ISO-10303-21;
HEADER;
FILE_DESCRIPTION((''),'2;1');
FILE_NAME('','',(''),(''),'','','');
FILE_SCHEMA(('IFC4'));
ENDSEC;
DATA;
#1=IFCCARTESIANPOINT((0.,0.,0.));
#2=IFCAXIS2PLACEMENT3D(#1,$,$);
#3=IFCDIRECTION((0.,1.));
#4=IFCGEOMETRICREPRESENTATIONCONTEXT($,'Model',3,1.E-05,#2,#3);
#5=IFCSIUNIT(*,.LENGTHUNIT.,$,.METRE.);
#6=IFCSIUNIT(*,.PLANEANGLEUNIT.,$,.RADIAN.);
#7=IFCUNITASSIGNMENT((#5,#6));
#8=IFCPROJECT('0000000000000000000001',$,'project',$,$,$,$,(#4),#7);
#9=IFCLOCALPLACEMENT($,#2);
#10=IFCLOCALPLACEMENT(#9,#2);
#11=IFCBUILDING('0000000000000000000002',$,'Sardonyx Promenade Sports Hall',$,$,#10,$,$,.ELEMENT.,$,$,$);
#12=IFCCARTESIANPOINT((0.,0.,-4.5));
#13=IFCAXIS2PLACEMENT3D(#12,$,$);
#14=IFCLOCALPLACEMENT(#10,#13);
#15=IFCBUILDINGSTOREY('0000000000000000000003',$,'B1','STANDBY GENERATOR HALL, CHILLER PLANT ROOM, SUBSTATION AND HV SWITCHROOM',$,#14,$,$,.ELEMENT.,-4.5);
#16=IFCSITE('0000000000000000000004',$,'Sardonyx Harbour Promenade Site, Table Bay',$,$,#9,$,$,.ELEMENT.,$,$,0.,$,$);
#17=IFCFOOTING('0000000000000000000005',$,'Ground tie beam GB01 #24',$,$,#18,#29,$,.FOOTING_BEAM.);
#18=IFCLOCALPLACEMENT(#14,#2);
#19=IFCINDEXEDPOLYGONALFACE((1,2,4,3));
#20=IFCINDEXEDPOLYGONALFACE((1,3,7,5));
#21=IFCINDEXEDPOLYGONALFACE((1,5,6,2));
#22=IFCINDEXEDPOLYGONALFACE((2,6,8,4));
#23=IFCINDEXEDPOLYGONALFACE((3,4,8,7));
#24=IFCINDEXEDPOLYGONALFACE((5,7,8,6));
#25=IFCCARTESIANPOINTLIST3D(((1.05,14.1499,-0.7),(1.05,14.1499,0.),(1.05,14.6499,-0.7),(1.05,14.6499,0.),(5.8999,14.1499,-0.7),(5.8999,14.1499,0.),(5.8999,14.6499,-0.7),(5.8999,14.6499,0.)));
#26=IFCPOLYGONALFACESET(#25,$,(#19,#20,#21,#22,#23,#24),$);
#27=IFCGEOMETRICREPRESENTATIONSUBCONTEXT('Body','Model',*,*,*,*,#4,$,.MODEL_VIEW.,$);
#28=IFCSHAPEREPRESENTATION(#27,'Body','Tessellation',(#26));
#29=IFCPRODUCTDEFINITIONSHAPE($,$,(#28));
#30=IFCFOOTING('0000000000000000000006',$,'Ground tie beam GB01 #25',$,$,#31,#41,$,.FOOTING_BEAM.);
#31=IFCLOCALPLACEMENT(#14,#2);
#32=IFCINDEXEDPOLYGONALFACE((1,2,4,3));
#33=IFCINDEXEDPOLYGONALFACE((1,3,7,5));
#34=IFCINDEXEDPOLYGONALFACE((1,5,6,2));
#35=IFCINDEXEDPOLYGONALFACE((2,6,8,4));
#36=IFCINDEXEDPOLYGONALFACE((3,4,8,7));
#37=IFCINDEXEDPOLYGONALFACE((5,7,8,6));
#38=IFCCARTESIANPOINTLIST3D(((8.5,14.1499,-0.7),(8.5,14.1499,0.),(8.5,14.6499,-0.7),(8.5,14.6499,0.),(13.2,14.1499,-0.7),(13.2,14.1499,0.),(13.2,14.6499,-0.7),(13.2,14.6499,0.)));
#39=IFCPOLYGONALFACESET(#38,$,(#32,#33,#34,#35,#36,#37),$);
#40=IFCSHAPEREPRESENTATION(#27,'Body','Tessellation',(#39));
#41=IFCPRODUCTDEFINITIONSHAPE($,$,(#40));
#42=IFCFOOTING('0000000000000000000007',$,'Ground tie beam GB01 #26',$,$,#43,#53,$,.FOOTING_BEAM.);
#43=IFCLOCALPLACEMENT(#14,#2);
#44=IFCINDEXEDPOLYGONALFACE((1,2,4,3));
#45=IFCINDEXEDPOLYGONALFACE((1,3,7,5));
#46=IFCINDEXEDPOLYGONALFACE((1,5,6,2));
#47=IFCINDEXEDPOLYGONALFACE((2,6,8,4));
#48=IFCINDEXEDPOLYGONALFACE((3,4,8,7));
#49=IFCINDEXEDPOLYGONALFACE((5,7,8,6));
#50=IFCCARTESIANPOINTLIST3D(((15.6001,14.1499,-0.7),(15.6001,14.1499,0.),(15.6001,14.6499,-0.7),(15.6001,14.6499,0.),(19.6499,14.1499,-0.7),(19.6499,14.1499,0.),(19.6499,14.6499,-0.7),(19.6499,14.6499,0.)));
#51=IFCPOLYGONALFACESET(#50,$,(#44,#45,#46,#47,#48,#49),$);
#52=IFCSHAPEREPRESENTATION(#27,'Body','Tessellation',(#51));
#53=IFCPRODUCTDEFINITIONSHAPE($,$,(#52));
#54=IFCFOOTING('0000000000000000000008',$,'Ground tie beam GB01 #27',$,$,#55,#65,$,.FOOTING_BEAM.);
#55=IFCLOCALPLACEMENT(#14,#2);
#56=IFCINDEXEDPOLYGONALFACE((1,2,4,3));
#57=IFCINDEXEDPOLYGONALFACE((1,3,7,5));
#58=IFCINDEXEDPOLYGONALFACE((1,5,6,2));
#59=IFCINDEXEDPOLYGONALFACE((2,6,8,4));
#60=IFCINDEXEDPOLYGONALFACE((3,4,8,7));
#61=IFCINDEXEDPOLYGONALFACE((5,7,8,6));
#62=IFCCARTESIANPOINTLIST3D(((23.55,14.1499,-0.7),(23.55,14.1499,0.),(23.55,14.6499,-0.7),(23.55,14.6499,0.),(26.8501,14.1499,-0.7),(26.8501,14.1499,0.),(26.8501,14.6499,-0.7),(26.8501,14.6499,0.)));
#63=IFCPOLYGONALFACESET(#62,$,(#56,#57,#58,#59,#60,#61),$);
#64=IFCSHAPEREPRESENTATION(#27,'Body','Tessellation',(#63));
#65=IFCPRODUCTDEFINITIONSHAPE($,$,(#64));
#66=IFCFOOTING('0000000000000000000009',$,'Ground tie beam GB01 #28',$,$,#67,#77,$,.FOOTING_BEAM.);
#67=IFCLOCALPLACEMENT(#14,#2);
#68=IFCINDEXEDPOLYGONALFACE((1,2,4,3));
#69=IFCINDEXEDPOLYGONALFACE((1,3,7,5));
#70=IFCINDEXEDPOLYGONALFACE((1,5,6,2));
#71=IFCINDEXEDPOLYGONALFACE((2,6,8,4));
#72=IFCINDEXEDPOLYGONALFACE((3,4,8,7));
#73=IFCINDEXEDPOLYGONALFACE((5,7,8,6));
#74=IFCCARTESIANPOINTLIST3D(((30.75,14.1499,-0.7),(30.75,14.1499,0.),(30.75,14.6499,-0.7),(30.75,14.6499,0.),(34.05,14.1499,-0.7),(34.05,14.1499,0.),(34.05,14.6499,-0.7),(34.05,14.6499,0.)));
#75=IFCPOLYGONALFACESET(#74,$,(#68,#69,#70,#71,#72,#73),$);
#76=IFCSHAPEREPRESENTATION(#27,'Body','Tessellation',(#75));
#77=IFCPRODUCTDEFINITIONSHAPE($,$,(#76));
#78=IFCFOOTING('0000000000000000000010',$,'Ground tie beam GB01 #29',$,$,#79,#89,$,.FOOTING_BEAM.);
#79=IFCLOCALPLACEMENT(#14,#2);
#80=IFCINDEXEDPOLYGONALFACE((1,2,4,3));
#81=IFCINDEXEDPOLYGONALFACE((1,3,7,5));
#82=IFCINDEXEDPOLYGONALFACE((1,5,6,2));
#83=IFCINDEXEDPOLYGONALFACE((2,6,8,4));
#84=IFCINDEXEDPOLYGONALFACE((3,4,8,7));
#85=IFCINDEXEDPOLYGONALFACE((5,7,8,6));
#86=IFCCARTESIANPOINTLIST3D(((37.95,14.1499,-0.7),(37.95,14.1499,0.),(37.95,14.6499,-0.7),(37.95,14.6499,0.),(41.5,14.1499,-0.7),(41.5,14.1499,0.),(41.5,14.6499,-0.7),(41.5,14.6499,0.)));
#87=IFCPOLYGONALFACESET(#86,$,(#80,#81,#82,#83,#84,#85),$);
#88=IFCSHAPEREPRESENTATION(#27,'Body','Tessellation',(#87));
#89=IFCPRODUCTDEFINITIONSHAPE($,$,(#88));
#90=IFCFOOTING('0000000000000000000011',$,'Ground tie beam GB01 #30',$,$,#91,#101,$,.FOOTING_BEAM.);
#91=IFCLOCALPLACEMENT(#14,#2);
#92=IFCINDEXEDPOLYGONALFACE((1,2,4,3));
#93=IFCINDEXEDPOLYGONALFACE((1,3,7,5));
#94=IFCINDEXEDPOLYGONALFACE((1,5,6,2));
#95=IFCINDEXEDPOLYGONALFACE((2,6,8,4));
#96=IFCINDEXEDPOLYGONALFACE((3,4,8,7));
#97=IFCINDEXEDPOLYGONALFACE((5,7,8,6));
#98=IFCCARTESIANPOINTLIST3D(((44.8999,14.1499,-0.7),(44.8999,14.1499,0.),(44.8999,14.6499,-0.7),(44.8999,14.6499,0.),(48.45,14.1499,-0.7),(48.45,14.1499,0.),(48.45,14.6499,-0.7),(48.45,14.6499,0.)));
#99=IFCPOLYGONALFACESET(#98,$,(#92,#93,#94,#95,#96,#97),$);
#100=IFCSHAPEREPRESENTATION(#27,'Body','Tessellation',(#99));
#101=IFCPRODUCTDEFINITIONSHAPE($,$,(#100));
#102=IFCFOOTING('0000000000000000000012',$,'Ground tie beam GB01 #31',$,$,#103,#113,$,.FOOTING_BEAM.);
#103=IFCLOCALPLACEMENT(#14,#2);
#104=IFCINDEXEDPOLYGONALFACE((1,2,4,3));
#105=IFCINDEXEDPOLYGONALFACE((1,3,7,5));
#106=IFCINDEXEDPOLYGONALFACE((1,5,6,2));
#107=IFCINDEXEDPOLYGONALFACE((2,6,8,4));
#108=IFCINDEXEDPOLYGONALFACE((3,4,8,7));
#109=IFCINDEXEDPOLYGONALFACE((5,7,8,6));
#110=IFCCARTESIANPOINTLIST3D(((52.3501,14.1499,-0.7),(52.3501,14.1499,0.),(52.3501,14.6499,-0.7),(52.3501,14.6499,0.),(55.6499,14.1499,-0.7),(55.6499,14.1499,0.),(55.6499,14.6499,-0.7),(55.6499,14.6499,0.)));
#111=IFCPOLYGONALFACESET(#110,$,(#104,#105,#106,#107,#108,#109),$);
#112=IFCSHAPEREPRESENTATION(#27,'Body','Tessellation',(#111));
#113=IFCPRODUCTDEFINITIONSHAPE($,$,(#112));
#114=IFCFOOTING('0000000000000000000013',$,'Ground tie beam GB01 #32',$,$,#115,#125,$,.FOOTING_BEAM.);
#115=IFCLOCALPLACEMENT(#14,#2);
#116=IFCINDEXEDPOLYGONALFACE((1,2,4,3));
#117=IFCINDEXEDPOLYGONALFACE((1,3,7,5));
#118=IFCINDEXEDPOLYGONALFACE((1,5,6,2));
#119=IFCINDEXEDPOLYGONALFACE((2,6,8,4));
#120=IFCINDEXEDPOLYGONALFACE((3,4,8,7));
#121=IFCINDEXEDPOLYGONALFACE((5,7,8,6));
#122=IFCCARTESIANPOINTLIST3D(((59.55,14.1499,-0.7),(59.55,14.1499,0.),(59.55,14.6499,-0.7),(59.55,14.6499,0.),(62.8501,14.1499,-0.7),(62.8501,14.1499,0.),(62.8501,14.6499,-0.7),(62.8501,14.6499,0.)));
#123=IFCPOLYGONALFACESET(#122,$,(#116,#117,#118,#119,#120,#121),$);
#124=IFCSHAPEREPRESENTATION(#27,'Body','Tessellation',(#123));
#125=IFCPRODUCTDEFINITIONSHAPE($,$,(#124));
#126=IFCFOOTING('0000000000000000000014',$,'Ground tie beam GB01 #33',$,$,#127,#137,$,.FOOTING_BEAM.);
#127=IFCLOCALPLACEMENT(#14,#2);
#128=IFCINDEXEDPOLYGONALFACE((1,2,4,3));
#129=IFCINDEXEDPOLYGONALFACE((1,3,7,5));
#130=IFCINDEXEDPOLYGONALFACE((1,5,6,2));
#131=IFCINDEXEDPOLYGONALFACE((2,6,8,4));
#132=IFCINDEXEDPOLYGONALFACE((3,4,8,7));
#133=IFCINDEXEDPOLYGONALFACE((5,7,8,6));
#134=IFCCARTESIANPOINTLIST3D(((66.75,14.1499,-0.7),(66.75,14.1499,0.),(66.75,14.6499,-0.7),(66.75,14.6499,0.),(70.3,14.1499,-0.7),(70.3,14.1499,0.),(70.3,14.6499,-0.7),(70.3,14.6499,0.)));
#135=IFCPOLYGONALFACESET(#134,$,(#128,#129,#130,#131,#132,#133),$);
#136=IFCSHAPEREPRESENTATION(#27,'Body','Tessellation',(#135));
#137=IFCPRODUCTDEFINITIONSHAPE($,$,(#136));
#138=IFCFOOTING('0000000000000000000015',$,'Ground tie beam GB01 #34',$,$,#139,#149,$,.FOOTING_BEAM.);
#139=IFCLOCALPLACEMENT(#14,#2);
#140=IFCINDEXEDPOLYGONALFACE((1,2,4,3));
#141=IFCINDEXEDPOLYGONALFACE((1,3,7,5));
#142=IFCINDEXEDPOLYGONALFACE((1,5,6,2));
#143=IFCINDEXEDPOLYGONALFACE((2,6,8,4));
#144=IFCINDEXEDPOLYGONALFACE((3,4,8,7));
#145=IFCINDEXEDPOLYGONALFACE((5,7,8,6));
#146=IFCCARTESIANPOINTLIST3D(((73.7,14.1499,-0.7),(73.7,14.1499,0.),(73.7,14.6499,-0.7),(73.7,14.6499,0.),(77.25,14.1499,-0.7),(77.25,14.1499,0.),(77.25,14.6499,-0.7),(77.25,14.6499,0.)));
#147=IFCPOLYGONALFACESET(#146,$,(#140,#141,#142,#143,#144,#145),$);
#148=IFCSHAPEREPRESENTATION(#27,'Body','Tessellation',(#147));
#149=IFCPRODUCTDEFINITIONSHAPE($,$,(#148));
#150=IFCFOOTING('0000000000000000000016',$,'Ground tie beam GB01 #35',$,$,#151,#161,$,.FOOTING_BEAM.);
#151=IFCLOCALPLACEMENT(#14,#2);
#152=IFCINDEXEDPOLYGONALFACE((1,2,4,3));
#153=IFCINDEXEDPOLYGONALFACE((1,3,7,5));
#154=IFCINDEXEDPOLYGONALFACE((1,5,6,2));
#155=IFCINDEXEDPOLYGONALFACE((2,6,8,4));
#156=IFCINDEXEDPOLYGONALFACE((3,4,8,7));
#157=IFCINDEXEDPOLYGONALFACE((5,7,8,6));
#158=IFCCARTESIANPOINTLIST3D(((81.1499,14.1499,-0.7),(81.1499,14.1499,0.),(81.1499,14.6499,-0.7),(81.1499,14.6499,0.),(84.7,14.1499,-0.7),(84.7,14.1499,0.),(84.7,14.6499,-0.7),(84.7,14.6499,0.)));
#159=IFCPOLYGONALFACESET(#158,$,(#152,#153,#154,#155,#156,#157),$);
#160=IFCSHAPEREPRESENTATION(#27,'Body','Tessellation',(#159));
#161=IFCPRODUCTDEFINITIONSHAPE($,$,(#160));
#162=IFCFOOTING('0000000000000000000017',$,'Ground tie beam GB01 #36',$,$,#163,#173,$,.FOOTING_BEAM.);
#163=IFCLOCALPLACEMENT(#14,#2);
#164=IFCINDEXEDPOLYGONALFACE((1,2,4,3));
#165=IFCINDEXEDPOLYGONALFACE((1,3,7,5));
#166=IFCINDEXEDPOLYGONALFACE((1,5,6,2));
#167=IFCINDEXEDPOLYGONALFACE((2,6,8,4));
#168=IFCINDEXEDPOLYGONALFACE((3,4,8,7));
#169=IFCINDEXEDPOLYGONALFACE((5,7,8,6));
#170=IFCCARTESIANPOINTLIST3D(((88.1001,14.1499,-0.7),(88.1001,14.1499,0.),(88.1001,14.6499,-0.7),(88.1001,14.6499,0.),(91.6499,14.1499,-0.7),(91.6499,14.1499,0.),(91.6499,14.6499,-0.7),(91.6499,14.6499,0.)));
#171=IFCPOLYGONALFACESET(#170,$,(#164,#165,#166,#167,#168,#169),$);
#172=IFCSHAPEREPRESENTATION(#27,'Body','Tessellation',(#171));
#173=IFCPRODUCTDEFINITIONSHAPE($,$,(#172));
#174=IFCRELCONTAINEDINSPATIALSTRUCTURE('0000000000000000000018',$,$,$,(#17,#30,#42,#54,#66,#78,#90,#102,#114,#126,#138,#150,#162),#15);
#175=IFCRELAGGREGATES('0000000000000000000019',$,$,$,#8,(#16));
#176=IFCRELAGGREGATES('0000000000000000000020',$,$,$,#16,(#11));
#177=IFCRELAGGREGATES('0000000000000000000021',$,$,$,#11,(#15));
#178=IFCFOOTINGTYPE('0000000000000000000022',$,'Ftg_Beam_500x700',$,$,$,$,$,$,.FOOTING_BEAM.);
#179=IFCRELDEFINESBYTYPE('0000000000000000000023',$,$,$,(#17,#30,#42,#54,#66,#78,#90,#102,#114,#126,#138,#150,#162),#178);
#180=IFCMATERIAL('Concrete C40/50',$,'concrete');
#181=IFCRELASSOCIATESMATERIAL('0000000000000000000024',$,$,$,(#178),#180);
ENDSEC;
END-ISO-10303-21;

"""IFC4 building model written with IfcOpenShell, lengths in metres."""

from ifc_helpers import new_model, si_unit, direction, frame, origin, place, context, subcontext, project, spatial, polyline, outline, extrude, material, type_object, element, save


model = new_model("IFC4")

# Units and contexts
model_context = context("Model", 3, precision=1e-05, world=origin(), true_north=direction((0.0, 1.0)))
body_context = subcontext(model_context, "Body", "Model", "MODEL_VIEW")
ifc_project = project(units=[si_unit("LENGTHUNIT", "METRE"), si_unit("PLANEANGLEUNIT", "RADIAN")], contexts=[model_context])

# Site, building, storey
site_placement = place(None, origin())
site = spatial("IfcSite", under=ifc_project, at=site_placement, Name="Sardonyx Harbour Promenade Site, Table Bay", CompositionType="ELEMENT", RefElevation=0.0)
building_placement = place(site_placement, origin())
building = spatial("IfcBuilding", under=site, at=building_placement, Name="Sardonyx Promenade Sports Hall", CompositionType="ELEMENT")
storey_placement = place(building_placement, frame((0.0, 0.0, -4.5)))
storey = spatial("IfcBuildingStorey", under=building, at=storey_placement, Name="B1", Description="STANDBY GENERATOR HALL, CHILLER PLANT ROOM, SUBSTATION AND HV SWITCHROOM", CompositionType="ELEMENT", Elevation=-4.5)

# Footings
ifc_material = material(Name="Concrete C40/50", Category="concrete")
footing_type = type_object("IfcFootingType", Name="Ftg_Beam_500x700", PredefinedType="FOOTING_BEAM", material=ifc_material)
footing_1_placement = place(storey_placement, frame((0.0, 0.0, -0.7)))
element("IfcFooting", 1, at=footing_1_placement, inside=storey, type_object=footing_type, Name="Ground tie beam GB01 #24", PredefinedType="FOOTING_BEAM", context=body_context, shape_type="SweptSolid", body=[
    extrude(outline(polyline([(1.05, 14.1499), (5.8999, 14.1499), (5.8999, 14.6499), (1.05, 14.6499), (1.05, 14.1499)])), origin(), (0.0, 0.0, 1.0), 0.7),
])
footing_2_placement = place(storey_placement, frame((0.0, 0.0, -0.7)))
element("IfcFooting", 2, at=footing_2_placement, inside=storey, type_object=footing_type, Name="Ground tie beam GB01 #25", PredefinedType="FOOTING_BEAM", context=body_context, shape_type="SweptSolid", body=[
    extrude(outline(polyline([(8.5, 14.1499), (13.2, 14.1499), (13.2, 14.6499), (8.5, 14.6499), (8.5, 14.1499)])), origin(), (0.0, 0.0, 1.0), 0.7),
])
footing_3_placement = place(storey_placement, frame((0.0, 0.0, -0.7)))
element("IfcFooting", 3, at=footing_3_placement, inside=storey, type_object=footing_type, Name="Ground tie beam GB01 #26", PredefinedType="FOOTING_BEAM", context=body_context, shape_type="SweptSolid", body=[
    extrude(outline(polyline([(15.6001, 14.1499), (19.6499, 14.1499), (19.6499, 14.6499), (15.6001, 14.6499), (15.6001, 14.1499)])), origin(), (0.0, 0.0, 1.0), 0.7),
])
footing_4_placement = place(storey_placement, frame((0.0, 0.0, -0.7)))
element("IfcFooting", 4, at=footing_4_placement, inside=storey, type_object=footing_type, Name="Ground tie beam GB01 #27", PredefinedType="FOOTING_BEAM", context=body_context, shape_type="SweptSolid", body=[
    extrude(outline(polyline([(23.55, 14.1499), (26.8501, 14.1499), (26.8501, 14.6499), (23.55, 14.6499), (23.55, 14.1499)])), origin(), (0.0, 0.0, 1.0), 0.7),
])
footing_5_placement = place(storey_placement, frame((0.0, 0.0, -0.7)))
element("IfcFooting", 5, at=footing_5_placement, inside=storey, type_object=footing_type, Name="Ground tie beam GB01 #28", PredefinedType="FOOTING_BEAM", context=body_context, shape_type="SweptSolid", body=[
    extrude(outline(polyline([(30.75, 14.1499), (34.05, 14.1499), (34.05, 14.6499), (30.75, 14.6499), (30.75, 14.1499)])), origin(), (0.0, 0.0, 1.0), 0.7),
])
footing_6_placement = place(storey_placement, frame((0.0, 0.0, -0.7)))
element("IfcFooting", 6, at=footing_6_placement, inside=storey, type_object=footing_type, Name="Ground tie beam GB01 #29", PredefinedType="FOOTING_BEAM", context=body_context, shape_type="SweptSolid", body=[
    extrude(outline(polyline([(37.95, 14.1499), (41.5, 14.1499), (41.5, 14.6499), (37.95, 14.6499), (37.95, 14.1499)])), origin(), (0.0, 0.0, 1.0), 0.7),
])
footing_7_placement = place(storey_placement, frame((0.0, 0.0, -0.7)))
element("IfcFooting", 7, at=footing_7_placement, inside=storey, type_object=footing_type, Name="Ground tie beam GB01 #30", PredefinedType="FOOTING_BEAM", context=body_context, shape_type="SweptSolid", body=[
    extrude(outline(polyline([(44.8999, 14.1499), (48.45, 14.1499), (48.45, 14.6499), (44.8999, 14.6499), (44.8999, 14.1499)])), origin(), (0.0, 0.0, 1.0), 0.7),
])
footing_8_placement = place(storey_placement, frame((0.0, 0.0, -0.7)))
element("IfcFooting", 8, at=footing_8_placement, inside=storey, type_object=footing_type, Name="Ground tie beam GB01 #31", PredefinedType="FOOTING_BEAM", context=body_context, shape_type="SweptSolid", body=[
    extrude(outline(polyline([(52.3501, 14.1499), (55.6499, 14.1499), (55.6499, 14.6499), (52.3501, 14.6499), (52.3501, 14.1499)])), origin(), (0.0, 0.0, 1.0), 0.7),
])
footing_9_placement = place(storey_placement, frame((0.0, 0.0, -0.7)))
element("IfcFooting", 9, at=footing_9_placement, inside=storey, type_object=footing_type, Name="Ground tie beam GB01 #32", PredefinedType="FOOTING_BEAM", context=body_context, shape_type="SweptSolid", body=[
    extrude(outline(polyline([(59.55, 14.1499), (62.8501, 14.1499), (62.8501, 14.6499), (59.55, 14.6499), (59.55, 14.1499)])), origin(), (0.0, 0.0, 1.0), 0.7),
])
footing_10_placement = place(storey_placement, frame((0.0, 0.0, -0.7)))
element("IfcFooting", 10, at=footing_10_placement, inside=storey, type_object=footing_type, Name="Ground tie beam GB01 #33", PredefinedType="FOOTING_BEAM", context=body_context, shape_type="SweptSolid", body=[
    extrude(outline(polyline([(66.75, 14.1499), (70.3, 14.1499), (70.3, 14.6499), (66.75, 14.6499), (66.75, 14.1499)])), origin(), (0.0, 0.0, 1.0), 0.7),
])
footing_11_placement = place(storey_placement, frame((0.0, 0.0, -0.7)))
element("IfcFooting", 11, at=footing_11_placement, inside=storey, type_object=footing_type, Name="Ground tie beam GB01 #34", PredefinedType="FOOTING_BEAM", context=body_context, shape_type="SweptSolid", body=[
    extrude(outline(polyline([(73.7, 14.1499), (77.25, 14.1499), (77.25, 14.6499), (73.7, 14.6499), (73.7, 14.1499)])), origin(), (0.0, 0.0, 1.0), 0.7),
])
footing_12_placement = place(storey_placement, frame((0.0, 0.0, -0.7)))
element("IfcFooting", 12, at=footing_12_placement, inside=storey, type_object=footing_type, Name="Ground tie beam GB01 #35", PredefinedType="FOOTING_BEAM", context=body_context, shape_type="SweptSolid", body=[
    extrude(outline(polyline([(81.1499, 14.1499), (84.7, 14.1499), (84.7, 14.6499), (81.1499, 14.6499), (81.1499, 14.1499)])), origin(), (0.0, 0.0, 1.0), 0.7),
])
footing_13_placement = place(storey_placement, frame((0.0, 0.0, -0.7)))
element("IfcFooting", 13, at=footing_13_placement, inside=storey, type_object=footing_type, Name="Ground tie beam GB01 #36", PredefinedType="FOOTING_BEAM", context=body_context, shape_type="SweptSolid", body=[
    extrude(outline(polyline([(88.1001, 14.1499), (91.6499, 14.1499), (91.6499, 14.6499), (88.1001, 14.6499), (88.1001, 14.1499)])), origin(), (0.0, 0.0, 1.0), 0.7),
])

save(model, "model.ifc")
